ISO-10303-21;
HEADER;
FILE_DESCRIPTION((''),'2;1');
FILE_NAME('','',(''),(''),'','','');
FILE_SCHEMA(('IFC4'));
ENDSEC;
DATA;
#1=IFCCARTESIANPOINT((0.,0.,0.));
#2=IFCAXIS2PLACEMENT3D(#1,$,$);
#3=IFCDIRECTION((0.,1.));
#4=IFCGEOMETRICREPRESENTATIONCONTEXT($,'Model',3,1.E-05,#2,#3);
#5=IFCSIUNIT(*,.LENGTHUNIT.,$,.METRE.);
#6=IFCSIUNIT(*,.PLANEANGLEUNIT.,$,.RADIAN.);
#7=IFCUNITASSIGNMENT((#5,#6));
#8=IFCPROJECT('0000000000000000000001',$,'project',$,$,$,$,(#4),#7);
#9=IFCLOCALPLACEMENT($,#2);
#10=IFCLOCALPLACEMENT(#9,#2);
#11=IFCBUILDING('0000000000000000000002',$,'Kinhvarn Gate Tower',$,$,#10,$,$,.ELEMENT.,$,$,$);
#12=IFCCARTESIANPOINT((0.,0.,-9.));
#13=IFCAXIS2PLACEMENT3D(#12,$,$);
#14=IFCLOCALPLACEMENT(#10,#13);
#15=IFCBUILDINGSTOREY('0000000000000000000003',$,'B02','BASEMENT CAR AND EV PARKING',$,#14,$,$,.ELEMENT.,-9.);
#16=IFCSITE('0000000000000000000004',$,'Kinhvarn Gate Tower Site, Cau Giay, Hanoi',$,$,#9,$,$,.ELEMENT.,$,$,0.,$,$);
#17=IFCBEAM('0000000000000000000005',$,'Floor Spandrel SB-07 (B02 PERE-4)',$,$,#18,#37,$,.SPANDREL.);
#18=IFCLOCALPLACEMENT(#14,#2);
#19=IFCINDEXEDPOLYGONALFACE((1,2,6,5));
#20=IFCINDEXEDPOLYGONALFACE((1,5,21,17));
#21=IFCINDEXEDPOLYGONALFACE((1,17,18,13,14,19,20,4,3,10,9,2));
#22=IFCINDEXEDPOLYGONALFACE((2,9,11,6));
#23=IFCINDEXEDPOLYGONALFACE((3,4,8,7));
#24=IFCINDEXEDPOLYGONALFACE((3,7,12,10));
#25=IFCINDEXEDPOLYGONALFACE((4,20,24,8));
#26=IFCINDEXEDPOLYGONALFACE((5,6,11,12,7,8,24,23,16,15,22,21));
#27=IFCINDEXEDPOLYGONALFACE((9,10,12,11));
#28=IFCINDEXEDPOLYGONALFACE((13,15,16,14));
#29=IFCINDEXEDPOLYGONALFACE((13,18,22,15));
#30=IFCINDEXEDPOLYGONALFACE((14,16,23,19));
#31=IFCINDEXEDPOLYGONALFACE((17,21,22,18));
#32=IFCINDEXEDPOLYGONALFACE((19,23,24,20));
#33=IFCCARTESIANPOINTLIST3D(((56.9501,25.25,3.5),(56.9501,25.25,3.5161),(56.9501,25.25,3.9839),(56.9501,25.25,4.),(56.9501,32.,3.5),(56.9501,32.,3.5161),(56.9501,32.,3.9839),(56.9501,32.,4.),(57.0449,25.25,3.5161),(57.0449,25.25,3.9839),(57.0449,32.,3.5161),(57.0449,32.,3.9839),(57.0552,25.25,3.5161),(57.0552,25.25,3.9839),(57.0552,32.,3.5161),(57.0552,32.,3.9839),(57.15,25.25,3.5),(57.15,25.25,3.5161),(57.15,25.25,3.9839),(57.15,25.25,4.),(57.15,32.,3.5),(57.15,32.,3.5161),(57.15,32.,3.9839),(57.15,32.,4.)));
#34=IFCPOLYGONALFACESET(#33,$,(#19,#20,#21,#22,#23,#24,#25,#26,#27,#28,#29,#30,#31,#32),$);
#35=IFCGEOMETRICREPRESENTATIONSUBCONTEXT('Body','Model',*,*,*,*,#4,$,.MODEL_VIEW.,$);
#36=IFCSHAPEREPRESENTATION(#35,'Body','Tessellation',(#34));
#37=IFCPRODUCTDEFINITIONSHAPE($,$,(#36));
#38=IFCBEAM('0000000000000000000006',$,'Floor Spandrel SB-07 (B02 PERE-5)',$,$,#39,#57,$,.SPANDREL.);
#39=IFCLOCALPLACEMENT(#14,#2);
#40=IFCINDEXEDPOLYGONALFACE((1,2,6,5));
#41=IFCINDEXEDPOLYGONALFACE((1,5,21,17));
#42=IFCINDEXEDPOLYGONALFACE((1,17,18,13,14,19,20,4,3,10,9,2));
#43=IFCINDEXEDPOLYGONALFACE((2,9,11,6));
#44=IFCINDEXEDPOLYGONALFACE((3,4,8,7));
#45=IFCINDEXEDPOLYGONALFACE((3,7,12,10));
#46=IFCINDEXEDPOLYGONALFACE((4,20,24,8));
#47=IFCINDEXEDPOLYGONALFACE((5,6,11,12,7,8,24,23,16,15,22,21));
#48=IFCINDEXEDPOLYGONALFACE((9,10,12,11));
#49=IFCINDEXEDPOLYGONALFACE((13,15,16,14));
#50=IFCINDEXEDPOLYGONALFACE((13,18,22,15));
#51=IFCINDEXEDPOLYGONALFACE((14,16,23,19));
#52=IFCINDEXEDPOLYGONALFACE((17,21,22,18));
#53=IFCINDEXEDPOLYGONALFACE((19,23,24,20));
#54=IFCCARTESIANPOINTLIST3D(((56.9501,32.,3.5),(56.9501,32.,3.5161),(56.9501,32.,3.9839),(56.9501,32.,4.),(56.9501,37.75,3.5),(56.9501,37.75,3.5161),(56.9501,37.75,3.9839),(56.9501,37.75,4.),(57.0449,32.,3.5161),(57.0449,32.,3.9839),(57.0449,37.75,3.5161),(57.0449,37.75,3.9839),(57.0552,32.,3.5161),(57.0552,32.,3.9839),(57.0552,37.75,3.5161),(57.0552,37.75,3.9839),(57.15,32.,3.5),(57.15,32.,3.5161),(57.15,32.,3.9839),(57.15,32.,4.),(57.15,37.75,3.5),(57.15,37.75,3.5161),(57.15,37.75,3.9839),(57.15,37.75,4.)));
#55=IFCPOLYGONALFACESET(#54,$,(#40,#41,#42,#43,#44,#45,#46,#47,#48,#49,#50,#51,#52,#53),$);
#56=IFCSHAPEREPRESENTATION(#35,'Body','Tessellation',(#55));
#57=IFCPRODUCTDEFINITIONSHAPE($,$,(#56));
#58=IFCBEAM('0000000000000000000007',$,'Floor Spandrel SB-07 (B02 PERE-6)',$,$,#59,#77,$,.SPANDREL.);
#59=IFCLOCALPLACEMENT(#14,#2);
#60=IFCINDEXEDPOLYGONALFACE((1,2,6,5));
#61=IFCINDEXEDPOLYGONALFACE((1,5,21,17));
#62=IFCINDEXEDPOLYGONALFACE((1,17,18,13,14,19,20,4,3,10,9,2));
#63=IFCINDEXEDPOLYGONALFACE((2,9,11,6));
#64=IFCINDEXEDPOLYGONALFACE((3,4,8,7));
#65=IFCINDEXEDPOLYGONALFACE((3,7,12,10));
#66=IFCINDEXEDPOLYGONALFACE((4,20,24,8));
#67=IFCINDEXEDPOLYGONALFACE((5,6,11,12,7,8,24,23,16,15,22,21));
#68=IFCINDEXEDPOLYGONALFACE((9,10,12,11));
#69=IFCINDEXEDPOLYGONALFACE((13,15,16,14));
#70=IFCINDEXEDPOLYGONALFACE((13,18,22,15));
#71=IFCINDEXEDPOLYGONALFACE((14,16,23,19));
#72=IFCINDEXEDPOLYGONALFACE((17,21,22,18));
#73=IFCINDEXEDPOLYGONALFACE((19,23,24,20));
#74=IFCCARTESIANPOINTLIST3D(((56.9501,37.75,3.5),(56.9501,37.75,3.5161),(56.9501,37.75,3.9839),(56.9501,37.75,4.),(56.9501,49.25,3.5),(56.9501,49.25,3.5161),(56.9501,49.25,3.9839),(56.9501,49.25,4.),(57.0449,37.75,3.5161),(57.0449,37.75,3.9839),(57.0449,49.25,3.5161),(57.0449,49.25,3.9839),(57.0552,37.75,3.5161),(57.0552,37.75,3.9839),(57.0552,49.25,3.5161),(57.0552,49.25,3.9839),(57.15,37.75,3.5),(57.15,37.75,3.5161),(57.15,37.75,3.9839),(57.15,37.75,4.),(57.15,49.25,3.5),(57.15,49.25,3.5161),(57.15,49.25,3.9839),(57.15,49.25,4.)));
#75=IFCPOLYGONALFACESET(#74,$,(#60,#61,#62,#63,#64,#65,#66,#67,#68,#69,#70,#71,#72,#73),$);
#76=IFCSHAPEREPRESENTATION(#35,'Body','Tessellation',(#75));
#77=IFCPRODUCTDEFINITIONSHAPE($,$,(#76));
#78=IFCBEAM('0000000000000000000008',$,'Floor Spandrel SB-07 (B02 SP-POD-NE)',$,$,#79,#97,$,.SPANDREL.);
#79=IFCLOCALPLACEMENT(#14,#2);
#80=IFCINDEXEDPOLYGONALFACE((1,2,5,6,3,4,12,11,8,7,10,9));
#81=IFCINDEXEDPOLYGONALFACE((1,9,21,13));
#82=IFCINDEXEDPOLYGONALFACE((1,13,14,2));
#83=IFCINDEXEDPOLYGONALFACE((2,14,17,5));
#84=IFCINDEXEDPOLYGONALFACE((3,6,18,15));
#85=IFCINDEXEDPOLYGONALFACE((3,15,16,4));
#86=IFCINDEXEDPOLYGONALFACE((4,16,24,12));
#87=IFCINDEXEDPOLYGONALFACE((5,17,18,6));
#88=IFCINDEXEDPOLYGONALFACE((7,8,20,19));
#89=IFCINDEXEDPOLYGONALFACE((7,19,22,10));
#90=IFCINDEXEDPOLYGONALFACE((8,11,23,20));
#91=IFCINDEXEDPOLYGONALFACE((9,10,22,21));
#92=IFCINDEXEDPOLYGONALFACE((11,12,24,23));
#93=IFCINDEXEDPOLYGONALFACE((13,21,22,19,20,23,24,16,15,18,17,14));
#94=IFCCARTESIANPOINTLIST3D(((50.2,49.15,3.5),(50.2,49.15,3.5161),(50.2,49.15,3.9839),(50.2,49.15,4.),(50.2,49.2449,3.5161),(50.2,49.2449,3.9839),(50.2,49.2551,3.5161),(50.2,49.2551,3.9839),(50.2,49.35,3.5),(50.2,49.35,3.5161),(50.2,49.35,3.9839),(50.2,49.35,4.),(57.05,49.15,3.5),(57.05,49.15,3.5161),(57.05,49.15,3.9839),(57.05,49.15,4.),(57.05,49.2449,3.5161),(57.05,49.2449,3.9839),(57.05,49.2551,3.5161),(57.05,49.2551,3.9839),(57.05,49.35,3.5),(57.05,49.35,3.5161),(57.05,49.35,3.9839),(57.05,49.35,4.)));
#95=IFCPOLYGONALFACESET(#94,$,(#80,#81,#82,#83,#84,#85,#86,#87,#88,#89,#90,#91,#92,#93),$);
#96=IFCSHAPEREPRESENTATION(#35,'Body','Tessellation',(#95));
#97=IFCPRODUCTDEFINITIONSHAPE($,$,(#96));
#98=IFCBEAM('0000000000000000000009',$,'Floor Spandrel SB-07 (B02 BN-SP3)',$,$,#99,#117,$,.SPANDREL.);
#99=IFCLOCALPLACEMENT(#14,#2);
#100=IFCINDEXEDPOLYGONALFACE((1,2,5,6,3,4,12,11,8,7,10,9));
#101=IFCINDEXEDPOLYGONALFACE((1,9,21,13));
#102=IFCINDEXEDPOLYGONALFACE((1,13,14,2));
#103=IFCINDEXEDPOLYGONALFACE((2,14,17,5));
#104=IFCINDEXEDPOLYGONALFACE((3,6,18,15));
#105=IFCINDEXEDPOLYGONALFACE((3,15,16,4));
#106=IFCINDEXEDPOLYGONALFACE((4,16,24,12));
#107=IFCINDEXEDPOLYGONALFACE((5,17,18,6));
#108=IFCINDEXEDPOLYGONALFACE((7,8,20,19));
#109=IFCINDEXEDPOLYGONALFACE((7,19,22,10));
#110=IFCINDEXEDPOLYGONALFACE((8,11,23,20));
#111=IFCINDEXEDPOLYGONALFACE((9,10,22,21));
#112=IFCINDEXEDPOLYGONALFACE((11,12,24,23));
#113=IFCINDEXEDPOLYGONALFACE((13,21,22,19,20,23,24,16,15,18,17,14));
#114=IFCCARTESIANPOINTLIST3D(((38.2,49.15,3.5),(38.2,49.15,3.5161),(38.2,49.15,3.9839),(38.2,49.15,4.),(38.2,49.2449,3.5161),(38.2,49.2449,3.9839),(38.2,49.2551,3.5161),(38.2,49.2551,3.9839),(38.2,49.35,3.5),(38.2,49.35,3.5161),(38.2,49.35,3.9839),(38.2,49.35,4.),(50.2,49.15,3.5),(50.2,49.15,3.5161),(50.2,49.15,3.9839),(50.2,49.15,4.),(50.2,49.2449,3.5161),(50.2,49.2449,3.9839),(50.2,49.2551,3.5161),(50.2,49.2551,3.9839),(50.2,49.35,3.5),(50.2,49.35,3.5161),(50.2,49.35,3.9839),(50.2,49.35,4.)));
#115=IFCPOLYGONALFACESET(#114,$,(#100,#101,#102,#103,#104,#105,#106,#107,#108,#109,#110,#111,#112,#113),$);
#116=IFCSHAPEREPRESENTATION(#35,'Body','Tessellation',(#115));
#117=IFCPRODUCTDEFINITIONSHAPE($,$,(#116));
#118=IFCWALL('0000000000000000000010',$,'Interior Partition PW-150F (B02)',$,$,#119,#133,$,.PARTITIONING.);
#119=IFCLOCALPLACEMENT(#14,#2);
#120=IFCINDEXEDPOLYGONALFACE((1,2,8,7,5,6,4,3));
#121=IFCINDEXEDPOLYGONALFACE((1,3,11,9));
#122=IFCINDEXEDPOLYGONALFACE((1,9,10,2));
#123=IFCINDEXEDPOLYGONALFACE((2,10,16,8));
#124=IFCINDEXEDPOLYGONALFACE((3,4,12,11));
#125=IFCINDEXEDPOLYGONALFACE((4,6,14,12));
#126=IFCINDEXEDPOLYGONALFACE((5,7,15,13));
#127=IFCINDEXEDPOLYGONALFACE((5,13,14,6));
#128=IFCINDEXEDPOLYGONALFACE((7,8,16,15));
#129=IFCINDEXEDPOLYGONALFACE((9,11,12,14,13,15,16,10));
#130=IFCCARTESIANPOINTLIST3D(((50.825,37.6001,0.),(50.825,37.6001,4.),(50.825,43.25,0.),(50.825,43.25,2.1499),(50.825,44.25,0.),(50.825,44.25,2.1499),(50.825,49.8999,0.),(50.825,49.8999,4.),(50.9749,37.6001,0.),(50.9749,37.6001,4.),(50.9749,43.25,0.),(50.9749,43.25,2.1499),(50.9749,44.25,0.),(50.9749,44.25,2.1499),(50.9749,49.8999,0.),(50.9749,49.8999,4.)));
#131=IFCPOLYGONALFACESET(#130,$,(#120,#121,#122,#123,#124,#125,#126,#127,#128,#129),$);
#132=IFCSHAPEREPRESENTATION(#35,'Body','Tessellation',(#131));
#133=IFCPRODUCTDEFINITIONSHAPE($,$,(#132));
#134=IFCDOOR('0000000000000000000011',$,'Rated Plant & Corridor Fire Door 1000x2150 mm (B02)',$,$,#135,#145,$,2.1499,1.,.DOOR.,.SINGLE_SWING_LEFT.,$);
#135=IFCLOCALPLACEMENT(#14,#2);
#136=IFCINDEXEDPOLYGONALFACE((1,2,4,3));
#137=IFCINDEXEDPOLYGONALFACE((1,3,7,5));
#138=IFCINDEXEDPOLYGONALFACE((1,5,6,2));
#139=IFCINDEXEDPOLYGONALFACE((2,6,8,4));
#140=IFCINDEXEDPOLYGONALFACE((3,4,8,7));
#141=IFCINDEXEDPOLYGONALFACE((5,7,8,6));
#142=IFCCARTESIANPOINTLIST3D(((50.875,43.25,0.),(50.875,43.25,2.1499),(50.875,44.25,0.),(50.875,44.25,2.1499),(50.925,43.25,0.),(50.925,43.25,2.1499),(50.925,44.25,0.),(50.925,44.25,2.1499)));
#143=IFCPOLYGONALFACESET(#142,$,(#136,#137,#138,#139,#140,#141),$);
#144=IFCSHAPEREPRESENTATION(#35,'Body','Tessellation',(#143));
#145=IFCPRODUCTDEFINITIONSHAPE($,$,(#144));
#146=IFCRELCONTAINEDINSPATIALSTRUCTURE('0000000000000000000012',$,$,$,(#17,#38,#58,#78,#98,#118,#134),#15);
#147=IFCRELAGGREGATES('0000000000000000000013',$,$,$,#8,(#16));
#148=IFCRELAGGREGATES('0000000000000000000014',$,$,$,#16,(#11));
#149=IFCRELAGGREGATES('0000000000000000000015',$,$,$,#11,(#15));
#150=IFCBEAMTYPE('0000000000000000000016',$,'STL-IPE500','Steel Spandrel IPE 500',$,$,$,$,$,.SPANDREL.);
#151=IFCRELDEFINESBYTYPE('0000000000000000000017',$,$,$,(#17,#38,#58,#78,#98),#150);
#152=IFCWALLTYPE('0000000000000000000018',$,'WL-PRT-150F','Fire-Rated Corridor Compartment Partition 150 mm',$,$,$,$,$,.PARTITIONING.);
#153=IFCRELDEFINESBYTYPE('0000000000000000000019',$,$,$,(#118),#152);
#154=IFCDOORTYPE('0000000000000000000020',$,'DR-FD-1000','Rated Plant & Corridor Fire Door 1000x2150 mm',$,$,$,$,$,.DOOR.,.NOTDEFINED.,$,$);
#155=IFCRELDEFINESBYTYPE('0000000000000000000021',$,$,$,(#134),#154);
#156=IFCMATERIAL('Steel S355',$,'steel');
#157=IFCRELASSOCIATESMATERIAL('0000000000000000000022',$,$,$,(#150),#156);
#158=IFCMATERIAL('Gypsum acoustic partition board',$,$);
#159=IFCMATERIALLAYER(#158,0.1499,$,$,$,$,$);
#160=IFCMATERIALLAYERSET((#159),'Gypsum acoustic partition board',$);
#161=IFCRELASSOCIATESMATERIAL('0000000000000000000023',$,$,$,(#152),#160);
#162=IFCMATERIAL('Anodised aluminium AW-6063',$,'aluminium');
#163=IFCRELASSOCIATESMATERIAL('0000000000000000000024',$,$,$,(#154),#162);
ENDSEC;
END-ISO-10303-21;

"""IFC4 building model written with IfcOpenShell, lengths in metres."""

from ifc_helpers import new_model, si_unit, direction, frame, frame_2d, origin, origin_2d, place, context, subcontext, project, spatial, rectangle, i_section, extrude, material, layer, layer_set, material_profile, profile_set, type_object, element, fill, save


model = new_model("IFC4")

# Units and contexts
model_context = context("Model", 3, precision=1e-05, world=origin(), true_north=direction((0.0, 1.0)))
body_context = subcontext(model_context, "Body", "Model", "MODEL_VIEW")
ifc_project = project(units=[si_unit("LENGTHUNIT", "METRE"), si_unit("PLANEANGLEUNIT", "RADIAN")], contexts=[model_context])

# Site, building, storey
site_placement = place(None, origin())
site = spatial("IfcSite", under=ifc_project, at=site_placement, Name="Kinhvarn Gate Tower Site, Cau Giay, Hanoi", CompositionType="ELEMENT", RefElevation=0.0)
building_placement = place(site_placement, origin())
building = spatial("IfcBuilding", under=site, at=building_placement, Name="Kinhvarn Gate Tower", CompositionType="ELEMENT")
storey_placement = place(building_placement, frame((0.0, 0.0, -9.0)))
storey = spatial("IfcBuildingStorey", under=building, at=storey_placement, Name="B02", Description="BASEMENT CAR AND EV PARKING", CompositionType="ELEMENT", Elevation=-9.0)

# Beams
ifc_material_1 = material(Name="Steel S355", Category="steel")
ifc_material_profile_1 = material_profile(ifc_material_1, i_section(OverallWidth=0.2, OverallDepth=0.5, WebThickness=0.0103, FlangeThickness=0.0161, at=origin_2d()), Name="IPE 500")
ifc_profile_set_1 = profile_set([ifc_material_profile_1], Name="Steel S355")
beam_type_1 = type_object("IfcBeamType", Name="STL-IPE500", Description="Steel Spandrel IPE 500", PredefinedType="SPANDREL", material=ifc_profile_set_1)
beam_1_placement = place(storey_placement, frame((57.05, 25.25, 3.75), z_axis=(0.0, 1.0, 0.0), x_axis=(-1.0, 0.0, 0.0)))
element("IfcBeam", 1, at=beam_1_placement, inside=storey, type_object=beam_type_1, Name="Floor Spandrel SB-07 (B02 PERE-4)", PredefinedType="SPANDREL", context=body_context, shape_type="SweptSolid", body=[
    extrude(i_section(OverallWidth=0.2, OverallDepth=0.5, WebThickness=0.0103, FlangeThickness=0.0161, at=origin_2d()), origin(), (0.0, 0.0, 1.0), 6.75),
])
beam_2_placement = place(storey_placement, frame((57.05, 32.0, 3.75), z_axis=(0.0, 1.0, 0.0), x_axis=(-1.0, 0.0, 0.0)))
element("IfcBeam", 2, at=beam_2_placement, inside=storey, type_object=beam_type_1, Name="Floor Spandrel SB-07 (B02 PERE-5)", PredefinedType="SPANDREL", context=body_context, shape_type="SweptSolid", body=[
    extrude(i_section(OverallWidth=0.2, OverallDepth=0.5, WebThickness=0.0103, FlangeThickness=0.0161, at=origin_2d()), origin(), (0.0, 0.0, 1.0), 5.75),
])
beam_3_placement = place(storey_placement, frame((57.05, 37.75, 3.75), z_axis=(0.0, 1.0, 0.0), x_axis=(-1.0, 0.0, 0.0)))
element("IfcBeam", 3, at=beam_3_placement, inside=storey, type_object=beam_type_1, Name="Floor Spandrel SB-07 (B02 PERE-6)", PredefinedType="SPANDREL", context=body_context, shape_type="SweptSolid", body=[
    extrude(i_section(OverallWidth=0.2, OverallDepth=0.5, WebThickness=0.0103, FlangeThickness=0.0161, at=origin_2d()), origin(), (0.0, 0.0, 1.0), 11.5),
])
beam_4_placement = place(storey_placement, frame((50.2, 49.25, 3.75), z_axis=(1.0, 0.0, 0.0), x_axis=(0.0, 1.0, 0.0)))
element("IfcBeam", 4, at=beam_4_placement, inside=storey, type_object=beam_type_1, Name="Floor Spandrel SB-07 (B02 SP-POD-NE)", PredefinedType="SPANDREL", context=body_context, shape_type="SweptSolid", body=[
    extrude(i_section(OverallWidth=0.2, OverallDepth=0.5, WebThickness=0.0103, FlangeThickness=0.0161, at=origin_2d()), origin(), (0.0, 0.0, 1.0), 6.8501),
])
beam_5_placement = place(storey_placement, frame((38.2, 49.25, 3.75), z_axis=(1.0, 0.0, 0.0), x_axis=(0.0, 1.0, 0.0)))
element("IfcBeam", 5, at=beam_5_placement, inside=storey, type_object=beam_type_1, Name="Floor Spandrel SB-07 (B02 BN-SP3)", PredefinedType="SPANDREL", context=body_context, shape_type="SweptSolid", body=[
    extrude(i_section(OverallWidth=0.2, OverallDepth=0.5, WebThickness=0.0103, FlangeThickness=0.0161, at=origin_2d()), origin(), (0.0, 0.0, 1.0), 12.0),
])

# Wall, opening, door
ifc_material_2 = material(Name="Gypsum acoustic partition board")
ifc_layer = layer(ifc_material_2, 0.1499)
ifc_layer_set = layer_set([ifc_layer], Name="Gypsum acoustic partition board")
wall_type = type_object("IfcWallType", Name="WL-PRT-150F", Description="Fire-Rated Corridor Compartment Partition 150 mm", PredefinedType="PARTITIONING", material=ifc_layer_set)
wall_placement = place(storey_placement, frame((50.8999, 37.6001, 0.0), z_axis=(0.0, 0.0, 1.0), x_axis=(0.0, 1.0, 0.0)))
wall = element("IfcWall", 6, at=wall_placement, inside=storey, type_object=wall_type, Name="Interior Partition PW-150F (B02)", PredefinedType="PARTITIONING", context=body_context, shape_type="SweptSolid", body=[
    extrude(rectangle(XDim=12.2998, YDim=0.1499, at=frame_2d((6.1499, 0.0))), origin(), (0.0, 0.0, 1.0), 4.0),
])
opening_placement = place(wall_placement, frame((5.6499, 0.0, 0.0)))
opening = element("IfcOpeningElement", 7, at=opening_placement, cuts=wall, PredefinedType="OPENING", context=body_context, shape_type="SweptSolid", body=[
    extrude(rectangle(XDim=1.0, YDim=2.1499, at=frame_2d((0.5, 1.075))), frame((0.0, 0.085, 0.0), z_axis=(0.0, -1.0, 0.0), x_axis=(1.0, 0.0, 0.0)), (0.0, 0.0, 1.0), 0.1699),
])
ifc_material_3 = material(Name="Anodised aluminium AW-6063", Category="aluminium")
door_type = type_object("IfcDoorType", Name="DR-FD-1000", Description="Rated Plant & Corridor Fire Door 1000x2150 mm", OperationType="NOTDEFINED", PredefinedType="DOOR", material=ifc_material_3)
door_placement = place(opening_placement, origin())
door = element("IfcDoor", 8, at=door_placement, inside=storey, type_object=door_type, Name="Rated Plant & Corridor Fire Door 1000x2150 mm (B02)", OperationType="SINGLE_SWING_LEFT", OverallHeight=2.1499, OverallWidth=1.0, PredefinedType="DOOR", context=body_context, shape_type="SweptSolid", body=[
    extrude(rectangle(XDim=1.0, YDim=2.1499, at=frame_2d((0.5, 1.075))), frame((0.0, 0.0249, 0.0), z_axis=(0.0, -1.0, 0.0), x_axis=(1.0, 0.0, 0.0)), (0.0, 0.0, 1.0), 0.05),
])
fill(opening, door)

save(model, "model.ifc")
